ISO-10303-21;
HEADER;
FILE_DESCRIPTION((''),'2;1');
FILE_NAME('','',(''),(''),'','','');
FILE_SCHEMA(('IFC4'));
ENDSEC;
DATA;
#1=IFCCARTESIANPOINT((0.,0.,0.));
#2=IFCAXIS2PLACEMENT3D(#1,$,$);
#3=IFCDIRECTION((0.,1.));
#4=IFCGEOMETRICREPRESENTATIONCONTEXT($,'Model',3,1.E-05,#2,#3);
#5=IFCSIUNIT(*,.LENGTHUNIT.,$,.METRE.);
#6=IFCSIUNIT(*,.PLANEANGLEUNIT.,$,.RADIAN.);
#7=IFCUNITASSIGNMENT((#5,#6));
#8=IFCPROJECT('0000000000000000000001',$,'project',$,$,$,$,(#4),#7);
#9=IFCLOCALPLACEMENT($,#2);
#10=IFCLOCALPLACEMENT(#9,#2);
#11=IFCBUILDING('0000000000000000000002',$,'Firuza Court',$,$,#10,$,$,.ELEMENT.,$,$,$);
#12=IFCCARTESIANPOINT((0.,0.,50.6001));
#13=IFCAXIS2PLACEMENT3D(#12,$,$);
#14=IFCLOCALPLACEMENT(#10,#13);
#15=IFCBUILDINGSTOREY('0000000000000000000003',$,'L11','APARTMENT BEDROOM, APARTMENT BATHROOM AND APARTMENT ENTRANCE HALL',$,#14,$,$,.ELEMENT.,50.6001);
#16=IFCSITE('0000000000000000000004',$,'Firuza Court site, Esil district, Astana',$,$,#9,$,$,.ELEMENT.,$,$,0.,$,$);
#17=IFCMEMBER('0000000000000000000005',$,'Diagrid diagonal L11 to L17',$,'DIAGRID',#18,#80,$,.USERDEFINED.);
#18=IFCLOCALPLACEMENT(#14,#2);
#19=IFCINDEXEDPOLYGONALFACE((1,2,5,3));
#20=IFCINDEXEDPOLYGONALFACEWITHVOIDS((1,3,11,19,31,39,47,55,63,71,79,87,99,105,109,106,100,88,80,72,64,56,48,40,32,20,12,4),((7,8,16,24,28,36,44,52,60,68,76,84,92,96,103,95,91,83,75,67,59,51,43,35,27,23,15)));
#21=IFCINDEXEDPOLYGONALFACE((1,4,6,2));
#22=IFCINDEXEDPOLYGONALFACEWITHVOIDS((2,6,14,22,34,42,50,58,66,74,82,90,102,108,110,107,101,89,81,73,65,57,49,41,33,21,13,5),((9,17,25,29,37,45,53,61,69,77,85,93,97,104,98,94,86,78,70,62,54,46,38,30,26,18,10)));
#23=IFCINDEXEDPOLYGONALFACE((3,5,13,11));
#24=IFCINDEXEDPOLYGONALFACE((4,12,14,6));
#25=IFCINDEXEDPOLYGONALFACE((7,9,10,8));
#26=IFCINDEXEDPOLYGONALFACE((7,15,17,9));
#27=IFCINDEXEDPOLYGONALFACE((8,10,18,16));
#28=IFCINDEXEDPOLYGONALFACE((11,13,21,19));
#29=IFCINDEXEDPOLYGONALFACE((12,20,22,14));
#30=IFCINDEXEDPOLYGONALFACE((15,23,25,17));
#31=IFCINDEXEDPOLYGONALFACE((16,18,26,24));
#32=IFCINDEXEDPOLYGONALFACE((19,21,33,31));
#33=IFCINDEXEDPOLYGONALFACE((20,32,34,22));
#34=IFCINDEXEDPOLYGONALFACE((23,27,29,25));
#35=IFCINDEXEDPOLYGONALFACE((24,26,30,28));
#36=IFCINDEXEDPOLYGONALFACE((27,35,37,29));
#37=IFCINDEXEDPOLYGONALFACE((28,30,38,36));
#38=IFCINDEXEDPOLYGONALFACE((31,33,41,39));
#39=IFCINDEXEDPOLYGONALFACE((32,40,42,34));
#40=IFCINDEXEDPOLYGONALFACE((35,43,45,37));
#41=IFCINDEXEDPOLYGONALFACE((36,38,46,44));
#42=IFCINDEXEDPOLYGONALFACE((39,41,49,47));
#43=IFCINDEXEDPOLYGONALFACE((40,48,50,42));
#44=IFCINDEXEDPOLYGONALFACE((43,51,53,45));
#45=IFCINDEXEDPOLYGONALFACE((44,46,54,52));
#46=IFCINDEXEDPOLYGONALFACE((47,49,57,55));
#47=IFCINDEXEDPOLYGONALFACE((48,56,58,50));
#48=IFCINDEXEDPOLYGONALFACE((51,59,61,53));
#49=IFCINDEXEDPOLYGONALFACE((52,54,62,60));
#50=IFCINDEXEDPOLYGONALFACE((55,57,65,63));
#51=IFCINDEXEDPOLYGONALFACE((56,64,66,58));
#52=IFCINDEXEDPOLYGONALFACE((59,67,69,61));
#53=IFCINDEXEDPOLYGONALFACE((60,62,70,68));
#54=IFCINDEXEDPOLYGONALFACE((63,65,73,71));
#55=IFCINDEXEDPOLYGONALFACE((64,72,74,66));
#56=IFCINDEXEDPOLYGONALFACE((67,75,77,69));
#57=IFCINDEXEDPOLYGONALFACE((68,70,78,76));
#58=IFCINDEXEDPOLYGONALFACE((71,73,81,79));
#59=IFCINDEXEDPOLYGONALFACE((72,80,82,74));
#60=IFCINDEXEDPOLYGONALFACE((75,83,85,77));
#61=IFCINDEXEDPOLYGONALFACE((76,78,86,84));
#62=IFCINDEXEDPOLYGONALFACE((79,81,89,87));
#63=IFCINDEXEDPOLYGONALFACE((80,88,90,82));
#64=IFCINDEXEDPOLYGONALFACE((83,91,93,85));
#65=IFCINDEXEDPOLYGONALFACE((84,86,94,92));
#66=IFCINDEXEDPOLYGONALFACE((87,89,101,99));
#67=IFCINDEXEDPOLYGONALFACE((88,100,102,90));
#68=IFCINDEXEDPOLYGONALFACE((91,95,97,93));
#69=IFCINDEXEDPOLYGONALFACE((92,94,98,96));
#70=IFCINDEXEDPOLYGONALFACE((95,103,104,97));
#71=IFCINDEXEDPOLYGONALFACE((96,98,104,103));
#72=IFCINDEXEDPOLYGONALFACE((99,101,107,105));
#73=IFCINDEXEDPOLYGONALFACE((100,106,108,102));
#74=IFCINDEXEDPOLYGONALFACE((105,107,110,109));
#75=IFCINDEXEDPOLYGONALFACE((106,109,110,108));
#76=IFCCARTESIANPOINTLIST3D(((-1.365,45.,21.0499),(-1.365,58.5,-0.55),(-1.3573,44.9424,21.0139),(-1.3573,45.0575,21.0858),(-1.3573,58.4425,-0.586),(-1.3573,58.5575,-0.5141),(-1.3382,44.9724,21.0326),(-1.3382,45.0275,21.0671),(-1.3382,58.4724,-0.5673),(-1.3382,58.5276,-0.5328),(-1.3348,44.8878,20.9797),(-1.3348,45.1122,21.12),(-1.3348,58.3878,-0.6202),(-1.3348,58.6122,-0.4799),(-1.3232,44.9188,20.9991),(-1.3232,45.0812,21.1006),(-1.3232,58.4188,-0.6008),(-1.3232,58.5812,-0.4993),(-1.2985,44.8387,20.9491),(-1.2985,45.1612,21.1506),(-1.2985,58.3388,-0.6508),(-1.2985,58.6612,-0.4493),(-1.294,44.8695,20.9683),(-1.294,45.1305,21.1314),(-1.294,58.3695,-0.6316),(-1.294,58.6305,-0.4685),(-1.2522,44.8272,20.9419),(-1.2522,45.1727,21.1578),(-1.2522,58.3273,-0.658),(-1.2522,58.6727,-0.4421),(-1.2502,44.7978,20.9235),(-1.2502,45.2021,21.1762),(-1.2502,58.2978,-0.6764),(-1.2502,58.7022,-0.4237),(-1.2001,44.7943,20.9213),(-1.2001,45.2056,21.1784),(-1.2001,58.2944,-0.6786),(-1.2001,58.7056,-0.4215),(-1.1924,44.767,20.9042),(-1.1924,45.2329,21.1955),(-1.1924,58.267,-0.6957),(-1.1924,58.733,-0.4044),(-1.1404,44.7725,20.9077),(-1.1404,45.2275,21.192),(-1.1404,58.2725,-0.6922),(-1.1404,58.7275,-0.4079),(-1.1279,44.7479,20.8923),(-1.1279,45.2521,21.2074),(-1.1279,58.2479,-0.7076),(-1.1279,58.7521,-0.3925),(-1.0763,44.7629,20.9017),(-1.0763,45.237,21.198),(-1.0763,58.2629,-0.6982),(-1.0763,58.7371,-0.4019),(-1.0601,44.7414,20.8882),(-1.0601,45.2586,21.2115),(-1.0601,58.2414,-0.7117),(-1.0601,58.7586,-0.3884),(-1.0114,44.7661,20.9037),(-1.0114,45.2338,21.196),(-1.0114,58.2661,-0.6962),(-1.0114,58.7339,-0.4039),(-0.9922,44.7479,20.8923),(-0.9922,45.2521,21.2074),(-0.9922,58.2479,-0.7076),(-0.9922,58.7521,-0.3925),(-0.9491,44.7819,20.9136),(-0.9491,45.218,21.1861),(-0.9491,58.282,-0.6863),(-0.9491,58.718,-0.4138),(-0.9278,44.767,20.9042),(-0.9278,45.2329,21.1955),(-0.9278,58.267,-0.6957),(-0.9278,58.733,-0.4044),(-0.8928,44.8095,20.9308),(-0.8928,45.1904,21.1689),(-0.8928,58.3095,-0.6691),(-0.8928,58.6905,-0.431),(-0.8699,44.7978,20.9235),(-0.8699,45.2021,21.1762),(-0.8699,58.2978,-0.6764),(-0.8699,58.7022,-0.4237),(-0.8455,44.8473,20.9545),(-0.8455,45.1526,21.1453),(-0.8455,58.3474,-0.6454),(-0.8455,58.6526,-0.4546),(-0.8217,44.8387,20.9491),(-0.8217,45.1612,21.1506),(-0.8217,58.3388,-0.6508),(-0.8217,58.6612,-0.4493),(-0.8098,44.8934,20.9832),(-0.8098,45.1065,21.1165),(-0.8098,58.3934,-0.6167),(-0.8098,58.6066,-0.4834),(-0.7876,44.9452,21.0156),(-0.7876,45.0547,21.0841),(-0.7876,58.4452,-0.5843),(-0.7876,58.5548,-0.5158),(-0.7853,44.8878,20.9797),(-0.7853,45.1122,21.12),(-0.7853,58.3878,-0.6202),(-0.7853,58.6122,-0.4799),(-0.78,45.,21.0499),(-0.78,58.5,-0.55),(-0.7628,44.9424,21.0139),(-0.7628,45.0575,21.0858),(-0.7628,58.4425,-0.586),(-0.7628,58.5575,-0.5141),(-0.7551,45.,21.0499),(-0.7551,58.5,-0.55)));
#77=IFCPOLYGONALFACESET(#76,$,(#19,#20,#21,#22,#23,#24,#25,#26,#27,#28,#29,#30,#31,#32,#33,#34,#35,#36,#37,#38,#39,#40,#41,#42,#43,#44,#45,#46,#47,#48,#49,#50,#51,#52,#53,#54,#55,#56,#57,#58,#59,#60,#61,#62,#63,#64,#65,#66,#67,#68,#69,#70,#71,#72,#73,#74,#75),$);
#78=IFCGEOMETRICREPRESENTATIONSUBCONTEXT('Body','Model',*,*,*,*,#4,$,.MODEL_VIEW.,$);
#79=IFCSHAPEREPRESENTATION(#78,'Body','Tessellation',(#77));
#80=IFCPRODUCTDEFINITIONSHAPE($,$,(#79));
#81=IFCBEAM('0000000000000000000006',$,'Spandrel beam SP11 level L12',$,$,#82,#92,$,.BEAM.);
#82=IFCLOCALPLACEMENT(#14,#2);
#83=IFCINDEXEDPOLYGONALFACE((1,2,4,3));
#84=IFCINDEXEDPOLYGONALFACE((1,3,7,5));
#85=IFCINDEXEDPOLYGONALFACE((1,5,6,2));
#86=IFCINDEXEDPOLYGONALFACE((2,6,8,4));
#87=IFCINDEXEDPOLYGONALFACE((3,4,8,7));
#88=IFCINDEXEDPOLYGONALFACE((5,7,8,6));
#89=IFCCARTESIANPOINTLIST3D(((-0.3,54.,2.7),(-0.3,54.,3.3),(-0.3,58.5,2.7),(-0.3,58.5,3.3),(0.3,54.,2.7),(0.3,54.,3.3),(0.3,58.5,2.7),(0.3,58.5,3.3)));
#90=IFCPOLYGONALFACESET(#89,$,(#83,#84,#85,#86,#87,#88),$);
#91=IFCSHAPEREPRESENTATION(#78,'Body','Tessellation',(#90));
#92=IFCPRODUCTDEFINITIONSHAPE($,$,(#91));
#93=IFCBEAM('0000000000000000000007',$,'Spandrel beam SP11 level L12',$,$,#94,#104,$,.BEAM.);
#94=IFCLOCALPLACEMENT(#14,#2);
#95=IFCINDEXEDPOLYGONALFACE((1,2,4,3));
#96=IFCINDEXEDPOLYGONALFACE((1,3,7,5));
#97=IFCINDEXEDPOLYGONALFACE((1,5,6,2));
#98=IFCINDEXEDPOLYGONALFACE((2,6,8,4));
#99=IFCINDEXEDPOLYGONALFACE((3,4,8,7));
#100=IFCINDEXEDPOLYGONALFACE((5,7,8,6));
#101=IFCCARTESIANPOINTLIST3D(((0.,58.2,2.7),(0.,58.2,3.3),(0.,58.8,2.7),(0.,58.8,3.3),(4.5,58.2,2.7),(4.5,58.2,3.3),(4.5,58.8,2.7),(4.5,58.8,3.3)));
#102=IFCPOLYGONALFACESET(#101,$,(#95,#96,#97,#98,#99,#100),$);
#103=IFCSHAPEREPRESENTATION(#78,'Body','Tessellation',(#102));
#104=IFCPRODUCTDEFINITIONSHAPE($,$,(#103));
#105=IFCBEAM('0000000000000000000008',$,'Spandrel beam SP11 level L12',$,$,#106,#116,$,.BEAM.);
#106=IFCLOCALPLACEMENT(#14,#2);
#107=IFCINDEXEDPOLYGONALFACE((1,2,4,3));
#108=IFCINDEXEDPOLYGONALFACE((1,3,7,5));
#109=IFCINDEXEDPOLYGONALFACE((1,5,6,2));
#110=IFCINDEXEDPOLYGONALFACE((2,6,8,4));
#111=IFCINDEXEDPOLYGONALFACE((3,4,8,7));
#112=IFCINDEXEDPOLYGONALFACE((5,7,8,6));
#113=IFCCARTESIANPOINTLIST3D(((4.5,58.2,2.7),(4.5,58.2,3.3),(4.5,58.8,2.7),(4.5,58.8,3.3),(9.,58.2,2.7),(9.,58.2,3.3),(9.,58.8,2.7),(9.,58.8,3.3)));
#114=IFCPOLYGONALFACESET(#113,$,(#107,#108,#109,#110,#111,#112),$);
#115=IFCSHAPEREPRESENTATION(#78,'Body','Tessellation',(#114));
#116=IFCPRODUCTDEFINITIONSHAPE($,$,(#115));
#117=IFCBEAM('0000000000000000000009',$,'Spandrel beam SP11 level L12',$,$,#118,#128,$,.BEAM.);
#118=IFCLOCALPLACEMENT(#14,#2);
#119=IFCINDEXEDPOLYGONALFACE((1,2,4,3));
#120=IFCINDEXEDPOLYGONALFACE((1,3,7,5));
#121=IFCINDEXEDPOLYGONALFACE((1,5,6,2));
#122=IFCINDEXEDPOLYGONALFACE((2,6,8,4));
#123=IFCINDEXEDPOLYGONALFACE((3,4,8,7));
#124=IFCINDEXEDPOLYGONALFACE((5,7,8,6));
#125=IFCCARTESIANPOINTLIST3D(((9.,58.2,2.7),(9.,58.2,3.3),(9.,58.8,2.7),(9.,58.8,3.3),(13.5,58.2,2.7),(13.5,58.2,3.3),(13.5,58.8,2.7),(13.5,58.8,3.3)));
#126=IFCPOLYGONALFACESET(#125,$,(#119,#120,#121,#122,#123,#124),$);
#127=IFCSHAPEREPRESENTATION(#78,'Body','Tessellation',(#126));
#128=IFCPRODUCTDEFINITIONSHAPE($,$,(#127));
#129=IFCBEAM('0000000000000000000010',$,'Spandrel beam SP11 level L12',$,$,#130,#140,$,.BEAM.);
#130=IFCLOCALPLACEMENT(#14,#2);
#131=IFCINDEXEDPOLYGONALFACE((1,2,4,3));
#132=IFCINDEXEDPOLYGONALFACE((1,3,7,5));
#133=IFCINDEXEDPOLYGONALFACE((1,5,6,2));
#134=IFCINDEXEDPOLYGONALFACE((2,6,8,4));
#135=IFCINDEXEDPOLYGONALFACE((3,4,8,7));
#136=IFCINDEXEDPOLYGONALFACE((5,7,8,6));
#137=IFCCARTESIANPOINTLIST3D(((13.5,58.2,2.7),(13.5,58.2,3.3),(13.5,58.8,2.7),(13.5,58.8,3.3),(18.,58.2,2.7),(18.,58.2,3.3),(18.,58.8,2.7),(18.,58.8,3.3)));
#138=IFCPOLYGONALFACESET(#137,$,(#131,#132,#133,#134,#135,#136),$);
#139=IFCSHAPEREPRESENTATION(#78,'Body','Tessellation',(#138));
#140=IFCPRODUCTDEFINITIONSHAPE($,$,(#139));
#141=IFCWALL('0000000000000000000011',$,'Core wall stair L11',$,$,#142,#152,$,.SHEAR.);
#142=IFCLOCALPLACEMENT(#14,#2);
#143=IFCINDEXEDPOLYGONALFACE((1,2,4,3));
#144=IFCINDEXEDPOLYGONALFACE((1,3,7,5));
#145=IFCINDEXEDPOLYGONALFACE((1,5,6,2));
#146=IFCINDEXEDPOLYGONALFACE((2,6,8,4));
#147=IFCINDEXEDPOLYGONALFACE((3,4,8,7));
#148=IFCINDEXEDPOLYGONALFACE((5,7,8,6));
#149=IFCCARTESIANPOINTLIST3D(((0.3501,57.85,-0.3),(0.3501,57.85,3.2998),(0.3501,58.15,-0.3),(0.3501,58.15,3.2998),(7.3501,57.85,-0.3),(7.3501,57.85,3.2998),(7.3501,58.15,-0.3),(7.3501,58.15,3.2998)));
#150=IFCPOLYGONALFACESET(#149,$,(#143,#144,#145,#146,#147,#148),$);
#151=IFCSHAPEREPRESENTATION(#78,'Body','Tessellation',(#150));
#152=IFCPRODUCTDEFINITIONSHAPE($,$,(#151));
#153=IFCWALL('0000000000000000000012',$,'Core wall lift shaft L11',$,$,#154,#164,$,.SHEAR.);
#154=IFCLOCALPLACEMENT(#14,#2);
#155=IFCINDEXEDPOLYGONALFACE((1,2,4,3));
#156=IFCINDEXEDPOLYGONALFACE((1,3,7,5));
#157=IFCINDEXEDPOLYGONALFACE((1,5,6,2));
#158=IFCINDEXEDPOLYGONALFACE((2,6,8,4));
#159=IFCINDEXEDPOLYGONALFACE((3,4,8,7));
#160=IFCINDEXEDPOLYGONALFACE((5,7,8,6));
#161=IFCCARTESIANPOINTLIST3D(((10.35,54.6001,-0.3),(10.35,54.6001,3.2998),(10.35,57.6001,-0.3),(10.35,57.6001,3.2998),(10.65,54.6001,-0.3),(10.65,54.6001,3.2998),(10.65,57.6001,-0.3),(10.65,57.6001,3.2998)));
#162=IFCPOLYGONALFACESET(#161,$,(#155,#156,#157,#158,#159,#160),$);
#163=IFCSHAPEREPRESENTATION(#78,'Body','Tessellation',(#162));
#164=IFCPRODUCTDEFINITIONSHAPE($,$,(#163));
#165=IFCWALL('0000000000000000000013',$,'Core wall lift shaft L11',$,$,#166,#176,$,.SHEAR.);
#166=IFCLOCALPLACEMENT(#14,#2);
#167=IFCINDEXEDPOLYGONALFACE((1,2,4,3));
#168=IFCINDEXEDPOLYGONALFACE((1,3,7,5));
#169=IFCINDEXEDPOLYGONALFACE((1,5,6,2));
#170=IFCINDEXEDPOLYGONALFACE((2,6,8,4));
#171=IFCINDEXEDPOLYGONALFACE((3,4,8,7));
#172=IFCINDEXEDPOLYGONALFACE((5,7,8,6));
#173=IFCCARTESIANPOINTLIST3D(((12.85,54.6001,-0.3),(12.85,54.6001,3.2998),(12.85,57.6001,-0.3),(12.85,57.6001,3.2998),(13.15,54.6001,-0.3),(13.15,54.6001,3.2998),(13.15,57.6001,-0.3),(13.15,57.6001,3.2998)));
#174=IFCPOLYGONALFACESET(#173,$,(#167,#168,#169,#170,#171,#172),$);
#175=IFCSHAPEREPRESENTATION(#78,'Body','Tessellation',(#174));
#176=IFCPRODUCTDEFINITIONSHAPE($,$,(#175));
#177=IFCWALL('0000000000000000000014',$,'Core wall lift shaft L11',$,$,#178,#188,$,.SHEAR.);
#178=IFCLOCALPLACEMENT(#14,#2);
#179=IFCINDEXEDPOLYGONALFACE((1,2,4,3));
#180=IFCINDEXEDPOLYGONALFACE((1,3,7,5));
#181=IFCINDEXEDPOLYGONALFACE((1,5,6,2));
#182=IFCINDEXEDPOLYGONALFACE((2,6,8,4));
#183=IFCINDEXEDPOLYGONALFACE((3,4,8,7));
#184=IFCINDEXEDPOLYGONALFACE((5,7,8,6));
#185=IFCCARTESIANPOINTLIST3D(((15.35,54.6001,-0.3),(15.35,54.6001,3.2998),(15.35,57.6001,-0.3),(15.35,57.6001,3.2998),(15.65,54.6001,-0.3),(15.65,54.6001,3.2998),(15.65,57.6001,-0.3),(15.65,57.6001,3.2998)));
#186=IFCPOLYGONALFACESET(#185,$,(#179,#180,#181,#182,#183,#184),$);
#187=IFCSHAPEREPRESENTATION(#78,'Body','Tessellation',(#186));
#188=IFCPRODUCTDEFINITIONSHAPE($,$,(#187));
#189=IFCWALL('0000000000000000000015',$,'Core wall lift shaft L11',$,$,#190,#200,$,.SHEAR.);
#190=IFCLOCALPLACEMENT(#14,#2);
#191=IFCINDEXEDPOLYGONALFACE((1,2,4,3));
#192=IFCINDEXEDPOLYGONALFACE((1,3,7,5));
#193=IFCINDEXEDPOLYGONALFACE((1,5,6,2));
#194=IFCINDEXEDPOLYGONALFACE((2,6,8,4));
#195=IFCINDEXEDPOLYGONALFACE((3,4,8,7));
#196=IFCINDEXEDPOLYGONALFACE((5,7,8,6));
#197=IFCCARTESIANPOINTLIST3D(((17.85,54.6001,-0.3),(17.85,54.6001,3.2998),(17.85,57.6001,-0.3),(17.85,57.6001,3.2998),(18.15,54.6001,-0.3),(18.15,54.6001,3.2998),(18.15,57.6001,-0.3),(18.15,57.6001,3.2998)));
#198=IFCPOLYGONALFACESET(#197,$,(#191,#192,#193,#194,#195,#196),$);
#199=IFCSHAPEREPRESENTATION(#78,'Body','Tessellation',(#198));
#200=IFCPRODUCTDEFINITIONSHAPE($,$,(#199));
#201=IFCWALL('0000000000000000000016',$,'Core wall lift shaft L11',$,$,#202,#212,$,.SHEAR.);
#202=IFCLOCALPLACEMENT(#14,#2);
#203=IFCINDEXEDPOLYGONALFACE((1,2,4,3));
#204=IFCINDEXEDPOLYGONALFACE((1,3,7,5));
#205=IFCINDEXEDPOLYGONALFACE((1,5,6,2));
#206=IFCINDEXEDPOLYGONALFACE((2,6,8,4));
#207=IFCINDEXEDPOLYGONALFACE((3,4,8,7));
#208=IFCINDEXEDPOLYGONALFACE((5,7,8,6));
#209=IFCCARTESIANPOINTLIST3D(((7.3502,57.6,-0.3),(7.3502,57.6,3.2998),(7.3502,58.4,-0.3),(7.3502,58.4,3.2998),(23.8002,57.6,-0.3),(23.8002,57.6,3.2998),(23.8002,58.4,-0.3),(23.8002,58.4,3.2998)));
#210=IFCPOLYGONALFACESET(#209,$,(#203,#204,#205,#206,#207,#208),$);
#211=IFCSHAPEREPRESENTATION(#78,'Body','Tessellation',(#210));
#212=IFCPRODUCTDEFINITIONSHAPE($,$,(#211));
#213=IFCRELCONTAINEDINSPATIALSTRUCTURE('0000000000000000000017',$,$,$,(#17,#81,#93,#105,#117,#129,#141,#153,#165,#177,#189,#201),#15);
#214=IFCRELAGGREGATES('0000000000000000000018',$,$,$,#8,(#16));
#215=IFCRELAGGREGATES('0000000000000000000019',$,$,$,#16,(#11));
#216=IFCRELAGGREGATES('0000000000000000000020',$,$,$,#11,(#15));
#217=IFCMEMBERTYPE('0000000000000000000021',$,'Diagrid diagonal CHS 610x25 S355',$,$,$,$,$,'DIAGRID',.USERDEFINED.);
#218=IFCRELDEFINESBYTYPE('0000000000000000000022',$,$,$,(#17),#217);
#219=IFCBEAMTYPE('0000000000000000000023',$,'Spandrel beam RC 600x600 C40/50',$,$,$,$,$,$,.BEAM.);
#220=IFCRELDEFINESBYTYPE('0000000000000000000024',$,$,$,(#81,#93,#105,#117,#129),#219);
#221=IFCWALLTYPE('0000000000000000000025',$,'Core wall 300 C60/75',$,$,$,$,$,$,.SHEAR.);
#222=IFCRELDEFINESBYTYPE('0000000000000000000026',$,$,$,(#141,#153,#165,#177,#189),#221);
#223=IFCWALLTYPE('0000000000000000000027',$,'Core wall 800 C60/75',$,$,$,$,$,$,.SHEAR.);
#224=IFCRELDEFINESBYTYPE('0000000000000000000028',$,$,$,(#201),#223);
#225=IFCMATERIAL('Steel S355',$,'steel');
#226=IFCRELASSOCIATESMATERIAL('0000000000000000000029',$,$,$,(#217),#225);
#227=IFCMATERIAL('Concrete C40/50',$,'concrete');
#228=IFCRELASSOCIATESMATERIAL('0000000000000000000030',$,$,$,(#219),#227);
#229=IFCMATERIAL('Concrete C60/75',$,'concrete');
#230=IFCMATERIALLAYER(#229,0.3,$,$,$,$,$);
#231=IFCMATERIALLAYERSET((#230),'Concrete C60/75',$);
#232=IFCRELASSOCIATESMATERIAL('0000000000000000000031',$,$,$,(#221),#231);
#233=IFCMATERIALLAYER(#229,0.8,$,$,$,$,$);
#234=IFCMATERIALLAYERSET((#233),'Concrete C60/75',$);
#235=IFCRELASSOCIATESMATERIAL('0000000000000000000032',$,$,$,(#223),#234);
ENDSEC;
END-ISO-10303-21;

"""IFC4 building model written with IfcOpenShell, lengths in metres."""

from ifc_helpers import new_model, si_unit, direction, frame, frame_2d, origin, origin_2d, place, context, subcontext, project, spatial, rectangle, hollow_circle, extrude, material, layer, layer_set, material_profile, profile_set, type_object, element, save


model = new_model("IFC4")

# Units and contexts
model_context = context("Model", 3, precision=1e-05, world=origin(), true_north=direction((0.0, 1.0)))
body_context = subcontext(model_context, "Body", "Model", "MODEL_VIEW")
ifc_project = project(units=[si_unit("LENGTHUNIT", "METRE"), si_unit("PLANEANGLEUNIT", "RADIAN")], contexts=[model_context])

# Site, building, storey
site_placement = place(None, origin())
site = spatial("IfcSite", under=ifc_project, at=site_placement, Name="Firuza Court site, Esil district, Astana", CompositionType="ELEMENT", RefElevation=0.0)
building_placement = place(site_placement, origin())
building = spatial("IfcBuilding", under=site, at=building_placement, Name="Firuza Court", CompositionType="ELEMENT")
storey_placement = place(building_placement, frame((0.0, 0.0, 50.6001)))
storey = spatial("IfcBuildingStorey", under=building, at=storey_placement, Name="L11", Description="APARTMENT BEDROOM, APARTMENT BATHROOM AND APARTMENT ENTRANCE HALL", CompositionType="ELEMENT", Elevation=50.6001)

# Member
ifc_material_1 = material(Name="Steel S355", Category="steel")
ifc_material_profile_1 = material_profile(ifc_material_1, hollow_circle(Radius=0.3049, WallThickness=0.0249, at=origin_2d()), Name="CHS 610x25")
ifc_profile_set_1 = profile_set([ifc_material_profile_1], Name="Steel S355")
member_type = type_object("IfcMemberType", Name="Diagrid diagonal CHS 610x25 S355", ElementType="DIAGRID", PredefinedType="USERDEFINED", material=ifc_profile_set_1)
for number, where, z_axis, x_axis, name in (
    (1, (-1.0601, 58.5, -0.55), (0.0, -0.530002, 0.847997), (1.0, 0.0, 0.0), "Diagrid diagonal L11 to L17"),
):
    element("IfcMember", number, at=place(storey_placement, frame(where, z_axis=z_axis, x_axis=x_axis)), inside=storey, type_object=member_type, Name=name, ObjectType="DIAGRID", PredefinedType="USERDEFINED", context=body_context, shape_type="SweptSolid", body=[
        extrude(hollow_circle(Radius=0.3049, WallThickness=0.0249, at=origin_2d()), origin(), (0.0, 0.0, 1.0), 25.4717),
    ])

# Beams
ifc_material_2 = material(Name="Concrete C40/50", Category="concrete")
ifc_material_profile_2 = material_profile(ifc_material_2, rectangle(XDim=0.6001, YDim=0.6001, at=origin_2d()), Name="RC 600x600")
ifc_profile_set_2 = profile_set([ifc_material_profile_2], Name="Concrete C40/50")
beam_type = type_object("IfcBeamType", Name="Spandrel beam RC 600x600 C40/50", PredefinedType="BEAM", material=ifc_profile_set_2)
for number, where, z_axis, x_axis, name in (
    (2, (0.0, 58.5, 3.0), (0.0, -1.0, 0.0), (1.0, 0.0, 0.0), "Spandrel beam SP11 level L12"),
    (3, (4.5, 58.5, 3.0), (-1.0, 0.0, 0.0), (0.0, -1.0, 0.0), "Spandrel beam SP11 level L12"),
    (4, (9.0, 58.5, 3.0), (-1.0, 0.0, 0.0), (0.0, -1.0, 0.0), "Spandrel beam SP11 level L12"),
    (5, (13.5, 58.5, 3.0), (-1.0, 0.0, 0.0), (0.0, -1.0, 0.0), "Spandrel beam SP11 level L12"),
    (6, (18.0, 58.5, 3.0), (-1.0, 0.0, 0.0), (0.0, -1.0, 0.0), "Spandrel beam SP11 level L12"),
):
    element("IfcBeam", number, at=place(storey_placement, frame(where, z_axis=z_axis, x_axis=x_axis)), inside=storey, type_object=beam_type, Name=name, PredefinedType="BEAM", context=body_context, shape_type="SweptSolid", body=[
        extrude(rectangle(XDim=0.6001, YDim=0.6001, at=origin_2d()), origin(), (0.0, 0.0, 1.0), 4.5),
    ])

# Walls
ifc_material_3 = material(Name="Concrete C60/75", Category="concrete")
ifc_layer_1 = layer(ifc_material_3, 0.3)
ifc_layer_set_1 = layer_set([ifc_layer_1], Name="Concrete C60/75")
wall_type_1 = type_object("IfcWallType", Name="Core wall 300 C60/75", PredefinedType="SHEAR", material=ifc_layer_set_1)
wall_1_placement = place(storey_placement, frame((0.3501, 58.0, -0.3), z_axis=(0.0, 0.0, 1.0), x_axis=(1.0, 0.0, 0.0)))
element("IfcWall", 7, at=wall_1_placement, inside=storey, type_object=wall_type_1, Name="Core wall stair L11", PredefinedType="SHEAR", context=body_context, shape_type="SweptSolid", body=[
    extrude(rectangle(XDim=7.0, YDim=0.3, at=frame_2d((3.5, 0.0))), origin(), (0.0, 0.0, 1.0), 3.5999),
])
for number, where, z_axis, x_axis, name in (
    (8, (10.5, 54.6001, -0.3), (0.0, 0.0, 1.0), (0.0, 1.0, 0.0), "Core wall lift shaft L11"),
    (9, (13.0, 54.6001, -0.3), (0.0, 0.0, 1.0), (0.0, 1.0, 0.0), "Core wall lift shaft L11"),
    (10, (15.5, 54.6001, -0.3), (0.0, 0.0, 1.0), (0.0, 1.0, 0.0), "Core wall lift shaft L11"),
    (11, (18.0, 54.6001, -0.3), (0.0, 0.0, 1.0), (0.0, 1.0, 0.0), "Core wall lift shaft L11"),
):
    element("IfcWall", number, at=place(storey_placement, frame(where, z_axis=z_axis, x_axis=x_axis)), inside=storey, type_object=wall_type_1, Name=name, PredefinedType="SHEAR", context=body_context, shape_type="SweptSolid", body=[
        extrude(rectangle(XDim=3.0, YDim=0.3, at=frame_2d((1.5, 0.0))), origin(), (0.0, 0.0, 1.0), 3.5999),
    ])
ifc_layer_2 = layer(ifc_material_3, 0.8)
ifc_layer_set_2 = layer_set([ifc_layer_2], Name="Concrete C60/75")
wall_type_2 = type_object("IfcWallType", Name="Core wall 800 C60/75", PredefinedType="SHEAR", material=ifc_layer_set_2)
wall_2_placement = place(storey_placement, frame((7.3501, 58.0, -0.3), z_axis=(0.0, 0.0, 1.0), x_axis=(1.0, 0.0, 0.0)))
element("IfcWall", 12, at=wall_2_placement, inside=storey, type_object=wall_type_2, Name="Core wall lift shaft L11", PredefinedType="SHEAR", context=body_context, shape_type="SweptSolid", body=[
    extrude(rectangle(XDim=16.45, YDim=0.8, at=frame_2d((8.2251, 0.0))), origin(), (0.0, 0.0, 1.0), 3.5999),
])

save(model, "model.ifc")
